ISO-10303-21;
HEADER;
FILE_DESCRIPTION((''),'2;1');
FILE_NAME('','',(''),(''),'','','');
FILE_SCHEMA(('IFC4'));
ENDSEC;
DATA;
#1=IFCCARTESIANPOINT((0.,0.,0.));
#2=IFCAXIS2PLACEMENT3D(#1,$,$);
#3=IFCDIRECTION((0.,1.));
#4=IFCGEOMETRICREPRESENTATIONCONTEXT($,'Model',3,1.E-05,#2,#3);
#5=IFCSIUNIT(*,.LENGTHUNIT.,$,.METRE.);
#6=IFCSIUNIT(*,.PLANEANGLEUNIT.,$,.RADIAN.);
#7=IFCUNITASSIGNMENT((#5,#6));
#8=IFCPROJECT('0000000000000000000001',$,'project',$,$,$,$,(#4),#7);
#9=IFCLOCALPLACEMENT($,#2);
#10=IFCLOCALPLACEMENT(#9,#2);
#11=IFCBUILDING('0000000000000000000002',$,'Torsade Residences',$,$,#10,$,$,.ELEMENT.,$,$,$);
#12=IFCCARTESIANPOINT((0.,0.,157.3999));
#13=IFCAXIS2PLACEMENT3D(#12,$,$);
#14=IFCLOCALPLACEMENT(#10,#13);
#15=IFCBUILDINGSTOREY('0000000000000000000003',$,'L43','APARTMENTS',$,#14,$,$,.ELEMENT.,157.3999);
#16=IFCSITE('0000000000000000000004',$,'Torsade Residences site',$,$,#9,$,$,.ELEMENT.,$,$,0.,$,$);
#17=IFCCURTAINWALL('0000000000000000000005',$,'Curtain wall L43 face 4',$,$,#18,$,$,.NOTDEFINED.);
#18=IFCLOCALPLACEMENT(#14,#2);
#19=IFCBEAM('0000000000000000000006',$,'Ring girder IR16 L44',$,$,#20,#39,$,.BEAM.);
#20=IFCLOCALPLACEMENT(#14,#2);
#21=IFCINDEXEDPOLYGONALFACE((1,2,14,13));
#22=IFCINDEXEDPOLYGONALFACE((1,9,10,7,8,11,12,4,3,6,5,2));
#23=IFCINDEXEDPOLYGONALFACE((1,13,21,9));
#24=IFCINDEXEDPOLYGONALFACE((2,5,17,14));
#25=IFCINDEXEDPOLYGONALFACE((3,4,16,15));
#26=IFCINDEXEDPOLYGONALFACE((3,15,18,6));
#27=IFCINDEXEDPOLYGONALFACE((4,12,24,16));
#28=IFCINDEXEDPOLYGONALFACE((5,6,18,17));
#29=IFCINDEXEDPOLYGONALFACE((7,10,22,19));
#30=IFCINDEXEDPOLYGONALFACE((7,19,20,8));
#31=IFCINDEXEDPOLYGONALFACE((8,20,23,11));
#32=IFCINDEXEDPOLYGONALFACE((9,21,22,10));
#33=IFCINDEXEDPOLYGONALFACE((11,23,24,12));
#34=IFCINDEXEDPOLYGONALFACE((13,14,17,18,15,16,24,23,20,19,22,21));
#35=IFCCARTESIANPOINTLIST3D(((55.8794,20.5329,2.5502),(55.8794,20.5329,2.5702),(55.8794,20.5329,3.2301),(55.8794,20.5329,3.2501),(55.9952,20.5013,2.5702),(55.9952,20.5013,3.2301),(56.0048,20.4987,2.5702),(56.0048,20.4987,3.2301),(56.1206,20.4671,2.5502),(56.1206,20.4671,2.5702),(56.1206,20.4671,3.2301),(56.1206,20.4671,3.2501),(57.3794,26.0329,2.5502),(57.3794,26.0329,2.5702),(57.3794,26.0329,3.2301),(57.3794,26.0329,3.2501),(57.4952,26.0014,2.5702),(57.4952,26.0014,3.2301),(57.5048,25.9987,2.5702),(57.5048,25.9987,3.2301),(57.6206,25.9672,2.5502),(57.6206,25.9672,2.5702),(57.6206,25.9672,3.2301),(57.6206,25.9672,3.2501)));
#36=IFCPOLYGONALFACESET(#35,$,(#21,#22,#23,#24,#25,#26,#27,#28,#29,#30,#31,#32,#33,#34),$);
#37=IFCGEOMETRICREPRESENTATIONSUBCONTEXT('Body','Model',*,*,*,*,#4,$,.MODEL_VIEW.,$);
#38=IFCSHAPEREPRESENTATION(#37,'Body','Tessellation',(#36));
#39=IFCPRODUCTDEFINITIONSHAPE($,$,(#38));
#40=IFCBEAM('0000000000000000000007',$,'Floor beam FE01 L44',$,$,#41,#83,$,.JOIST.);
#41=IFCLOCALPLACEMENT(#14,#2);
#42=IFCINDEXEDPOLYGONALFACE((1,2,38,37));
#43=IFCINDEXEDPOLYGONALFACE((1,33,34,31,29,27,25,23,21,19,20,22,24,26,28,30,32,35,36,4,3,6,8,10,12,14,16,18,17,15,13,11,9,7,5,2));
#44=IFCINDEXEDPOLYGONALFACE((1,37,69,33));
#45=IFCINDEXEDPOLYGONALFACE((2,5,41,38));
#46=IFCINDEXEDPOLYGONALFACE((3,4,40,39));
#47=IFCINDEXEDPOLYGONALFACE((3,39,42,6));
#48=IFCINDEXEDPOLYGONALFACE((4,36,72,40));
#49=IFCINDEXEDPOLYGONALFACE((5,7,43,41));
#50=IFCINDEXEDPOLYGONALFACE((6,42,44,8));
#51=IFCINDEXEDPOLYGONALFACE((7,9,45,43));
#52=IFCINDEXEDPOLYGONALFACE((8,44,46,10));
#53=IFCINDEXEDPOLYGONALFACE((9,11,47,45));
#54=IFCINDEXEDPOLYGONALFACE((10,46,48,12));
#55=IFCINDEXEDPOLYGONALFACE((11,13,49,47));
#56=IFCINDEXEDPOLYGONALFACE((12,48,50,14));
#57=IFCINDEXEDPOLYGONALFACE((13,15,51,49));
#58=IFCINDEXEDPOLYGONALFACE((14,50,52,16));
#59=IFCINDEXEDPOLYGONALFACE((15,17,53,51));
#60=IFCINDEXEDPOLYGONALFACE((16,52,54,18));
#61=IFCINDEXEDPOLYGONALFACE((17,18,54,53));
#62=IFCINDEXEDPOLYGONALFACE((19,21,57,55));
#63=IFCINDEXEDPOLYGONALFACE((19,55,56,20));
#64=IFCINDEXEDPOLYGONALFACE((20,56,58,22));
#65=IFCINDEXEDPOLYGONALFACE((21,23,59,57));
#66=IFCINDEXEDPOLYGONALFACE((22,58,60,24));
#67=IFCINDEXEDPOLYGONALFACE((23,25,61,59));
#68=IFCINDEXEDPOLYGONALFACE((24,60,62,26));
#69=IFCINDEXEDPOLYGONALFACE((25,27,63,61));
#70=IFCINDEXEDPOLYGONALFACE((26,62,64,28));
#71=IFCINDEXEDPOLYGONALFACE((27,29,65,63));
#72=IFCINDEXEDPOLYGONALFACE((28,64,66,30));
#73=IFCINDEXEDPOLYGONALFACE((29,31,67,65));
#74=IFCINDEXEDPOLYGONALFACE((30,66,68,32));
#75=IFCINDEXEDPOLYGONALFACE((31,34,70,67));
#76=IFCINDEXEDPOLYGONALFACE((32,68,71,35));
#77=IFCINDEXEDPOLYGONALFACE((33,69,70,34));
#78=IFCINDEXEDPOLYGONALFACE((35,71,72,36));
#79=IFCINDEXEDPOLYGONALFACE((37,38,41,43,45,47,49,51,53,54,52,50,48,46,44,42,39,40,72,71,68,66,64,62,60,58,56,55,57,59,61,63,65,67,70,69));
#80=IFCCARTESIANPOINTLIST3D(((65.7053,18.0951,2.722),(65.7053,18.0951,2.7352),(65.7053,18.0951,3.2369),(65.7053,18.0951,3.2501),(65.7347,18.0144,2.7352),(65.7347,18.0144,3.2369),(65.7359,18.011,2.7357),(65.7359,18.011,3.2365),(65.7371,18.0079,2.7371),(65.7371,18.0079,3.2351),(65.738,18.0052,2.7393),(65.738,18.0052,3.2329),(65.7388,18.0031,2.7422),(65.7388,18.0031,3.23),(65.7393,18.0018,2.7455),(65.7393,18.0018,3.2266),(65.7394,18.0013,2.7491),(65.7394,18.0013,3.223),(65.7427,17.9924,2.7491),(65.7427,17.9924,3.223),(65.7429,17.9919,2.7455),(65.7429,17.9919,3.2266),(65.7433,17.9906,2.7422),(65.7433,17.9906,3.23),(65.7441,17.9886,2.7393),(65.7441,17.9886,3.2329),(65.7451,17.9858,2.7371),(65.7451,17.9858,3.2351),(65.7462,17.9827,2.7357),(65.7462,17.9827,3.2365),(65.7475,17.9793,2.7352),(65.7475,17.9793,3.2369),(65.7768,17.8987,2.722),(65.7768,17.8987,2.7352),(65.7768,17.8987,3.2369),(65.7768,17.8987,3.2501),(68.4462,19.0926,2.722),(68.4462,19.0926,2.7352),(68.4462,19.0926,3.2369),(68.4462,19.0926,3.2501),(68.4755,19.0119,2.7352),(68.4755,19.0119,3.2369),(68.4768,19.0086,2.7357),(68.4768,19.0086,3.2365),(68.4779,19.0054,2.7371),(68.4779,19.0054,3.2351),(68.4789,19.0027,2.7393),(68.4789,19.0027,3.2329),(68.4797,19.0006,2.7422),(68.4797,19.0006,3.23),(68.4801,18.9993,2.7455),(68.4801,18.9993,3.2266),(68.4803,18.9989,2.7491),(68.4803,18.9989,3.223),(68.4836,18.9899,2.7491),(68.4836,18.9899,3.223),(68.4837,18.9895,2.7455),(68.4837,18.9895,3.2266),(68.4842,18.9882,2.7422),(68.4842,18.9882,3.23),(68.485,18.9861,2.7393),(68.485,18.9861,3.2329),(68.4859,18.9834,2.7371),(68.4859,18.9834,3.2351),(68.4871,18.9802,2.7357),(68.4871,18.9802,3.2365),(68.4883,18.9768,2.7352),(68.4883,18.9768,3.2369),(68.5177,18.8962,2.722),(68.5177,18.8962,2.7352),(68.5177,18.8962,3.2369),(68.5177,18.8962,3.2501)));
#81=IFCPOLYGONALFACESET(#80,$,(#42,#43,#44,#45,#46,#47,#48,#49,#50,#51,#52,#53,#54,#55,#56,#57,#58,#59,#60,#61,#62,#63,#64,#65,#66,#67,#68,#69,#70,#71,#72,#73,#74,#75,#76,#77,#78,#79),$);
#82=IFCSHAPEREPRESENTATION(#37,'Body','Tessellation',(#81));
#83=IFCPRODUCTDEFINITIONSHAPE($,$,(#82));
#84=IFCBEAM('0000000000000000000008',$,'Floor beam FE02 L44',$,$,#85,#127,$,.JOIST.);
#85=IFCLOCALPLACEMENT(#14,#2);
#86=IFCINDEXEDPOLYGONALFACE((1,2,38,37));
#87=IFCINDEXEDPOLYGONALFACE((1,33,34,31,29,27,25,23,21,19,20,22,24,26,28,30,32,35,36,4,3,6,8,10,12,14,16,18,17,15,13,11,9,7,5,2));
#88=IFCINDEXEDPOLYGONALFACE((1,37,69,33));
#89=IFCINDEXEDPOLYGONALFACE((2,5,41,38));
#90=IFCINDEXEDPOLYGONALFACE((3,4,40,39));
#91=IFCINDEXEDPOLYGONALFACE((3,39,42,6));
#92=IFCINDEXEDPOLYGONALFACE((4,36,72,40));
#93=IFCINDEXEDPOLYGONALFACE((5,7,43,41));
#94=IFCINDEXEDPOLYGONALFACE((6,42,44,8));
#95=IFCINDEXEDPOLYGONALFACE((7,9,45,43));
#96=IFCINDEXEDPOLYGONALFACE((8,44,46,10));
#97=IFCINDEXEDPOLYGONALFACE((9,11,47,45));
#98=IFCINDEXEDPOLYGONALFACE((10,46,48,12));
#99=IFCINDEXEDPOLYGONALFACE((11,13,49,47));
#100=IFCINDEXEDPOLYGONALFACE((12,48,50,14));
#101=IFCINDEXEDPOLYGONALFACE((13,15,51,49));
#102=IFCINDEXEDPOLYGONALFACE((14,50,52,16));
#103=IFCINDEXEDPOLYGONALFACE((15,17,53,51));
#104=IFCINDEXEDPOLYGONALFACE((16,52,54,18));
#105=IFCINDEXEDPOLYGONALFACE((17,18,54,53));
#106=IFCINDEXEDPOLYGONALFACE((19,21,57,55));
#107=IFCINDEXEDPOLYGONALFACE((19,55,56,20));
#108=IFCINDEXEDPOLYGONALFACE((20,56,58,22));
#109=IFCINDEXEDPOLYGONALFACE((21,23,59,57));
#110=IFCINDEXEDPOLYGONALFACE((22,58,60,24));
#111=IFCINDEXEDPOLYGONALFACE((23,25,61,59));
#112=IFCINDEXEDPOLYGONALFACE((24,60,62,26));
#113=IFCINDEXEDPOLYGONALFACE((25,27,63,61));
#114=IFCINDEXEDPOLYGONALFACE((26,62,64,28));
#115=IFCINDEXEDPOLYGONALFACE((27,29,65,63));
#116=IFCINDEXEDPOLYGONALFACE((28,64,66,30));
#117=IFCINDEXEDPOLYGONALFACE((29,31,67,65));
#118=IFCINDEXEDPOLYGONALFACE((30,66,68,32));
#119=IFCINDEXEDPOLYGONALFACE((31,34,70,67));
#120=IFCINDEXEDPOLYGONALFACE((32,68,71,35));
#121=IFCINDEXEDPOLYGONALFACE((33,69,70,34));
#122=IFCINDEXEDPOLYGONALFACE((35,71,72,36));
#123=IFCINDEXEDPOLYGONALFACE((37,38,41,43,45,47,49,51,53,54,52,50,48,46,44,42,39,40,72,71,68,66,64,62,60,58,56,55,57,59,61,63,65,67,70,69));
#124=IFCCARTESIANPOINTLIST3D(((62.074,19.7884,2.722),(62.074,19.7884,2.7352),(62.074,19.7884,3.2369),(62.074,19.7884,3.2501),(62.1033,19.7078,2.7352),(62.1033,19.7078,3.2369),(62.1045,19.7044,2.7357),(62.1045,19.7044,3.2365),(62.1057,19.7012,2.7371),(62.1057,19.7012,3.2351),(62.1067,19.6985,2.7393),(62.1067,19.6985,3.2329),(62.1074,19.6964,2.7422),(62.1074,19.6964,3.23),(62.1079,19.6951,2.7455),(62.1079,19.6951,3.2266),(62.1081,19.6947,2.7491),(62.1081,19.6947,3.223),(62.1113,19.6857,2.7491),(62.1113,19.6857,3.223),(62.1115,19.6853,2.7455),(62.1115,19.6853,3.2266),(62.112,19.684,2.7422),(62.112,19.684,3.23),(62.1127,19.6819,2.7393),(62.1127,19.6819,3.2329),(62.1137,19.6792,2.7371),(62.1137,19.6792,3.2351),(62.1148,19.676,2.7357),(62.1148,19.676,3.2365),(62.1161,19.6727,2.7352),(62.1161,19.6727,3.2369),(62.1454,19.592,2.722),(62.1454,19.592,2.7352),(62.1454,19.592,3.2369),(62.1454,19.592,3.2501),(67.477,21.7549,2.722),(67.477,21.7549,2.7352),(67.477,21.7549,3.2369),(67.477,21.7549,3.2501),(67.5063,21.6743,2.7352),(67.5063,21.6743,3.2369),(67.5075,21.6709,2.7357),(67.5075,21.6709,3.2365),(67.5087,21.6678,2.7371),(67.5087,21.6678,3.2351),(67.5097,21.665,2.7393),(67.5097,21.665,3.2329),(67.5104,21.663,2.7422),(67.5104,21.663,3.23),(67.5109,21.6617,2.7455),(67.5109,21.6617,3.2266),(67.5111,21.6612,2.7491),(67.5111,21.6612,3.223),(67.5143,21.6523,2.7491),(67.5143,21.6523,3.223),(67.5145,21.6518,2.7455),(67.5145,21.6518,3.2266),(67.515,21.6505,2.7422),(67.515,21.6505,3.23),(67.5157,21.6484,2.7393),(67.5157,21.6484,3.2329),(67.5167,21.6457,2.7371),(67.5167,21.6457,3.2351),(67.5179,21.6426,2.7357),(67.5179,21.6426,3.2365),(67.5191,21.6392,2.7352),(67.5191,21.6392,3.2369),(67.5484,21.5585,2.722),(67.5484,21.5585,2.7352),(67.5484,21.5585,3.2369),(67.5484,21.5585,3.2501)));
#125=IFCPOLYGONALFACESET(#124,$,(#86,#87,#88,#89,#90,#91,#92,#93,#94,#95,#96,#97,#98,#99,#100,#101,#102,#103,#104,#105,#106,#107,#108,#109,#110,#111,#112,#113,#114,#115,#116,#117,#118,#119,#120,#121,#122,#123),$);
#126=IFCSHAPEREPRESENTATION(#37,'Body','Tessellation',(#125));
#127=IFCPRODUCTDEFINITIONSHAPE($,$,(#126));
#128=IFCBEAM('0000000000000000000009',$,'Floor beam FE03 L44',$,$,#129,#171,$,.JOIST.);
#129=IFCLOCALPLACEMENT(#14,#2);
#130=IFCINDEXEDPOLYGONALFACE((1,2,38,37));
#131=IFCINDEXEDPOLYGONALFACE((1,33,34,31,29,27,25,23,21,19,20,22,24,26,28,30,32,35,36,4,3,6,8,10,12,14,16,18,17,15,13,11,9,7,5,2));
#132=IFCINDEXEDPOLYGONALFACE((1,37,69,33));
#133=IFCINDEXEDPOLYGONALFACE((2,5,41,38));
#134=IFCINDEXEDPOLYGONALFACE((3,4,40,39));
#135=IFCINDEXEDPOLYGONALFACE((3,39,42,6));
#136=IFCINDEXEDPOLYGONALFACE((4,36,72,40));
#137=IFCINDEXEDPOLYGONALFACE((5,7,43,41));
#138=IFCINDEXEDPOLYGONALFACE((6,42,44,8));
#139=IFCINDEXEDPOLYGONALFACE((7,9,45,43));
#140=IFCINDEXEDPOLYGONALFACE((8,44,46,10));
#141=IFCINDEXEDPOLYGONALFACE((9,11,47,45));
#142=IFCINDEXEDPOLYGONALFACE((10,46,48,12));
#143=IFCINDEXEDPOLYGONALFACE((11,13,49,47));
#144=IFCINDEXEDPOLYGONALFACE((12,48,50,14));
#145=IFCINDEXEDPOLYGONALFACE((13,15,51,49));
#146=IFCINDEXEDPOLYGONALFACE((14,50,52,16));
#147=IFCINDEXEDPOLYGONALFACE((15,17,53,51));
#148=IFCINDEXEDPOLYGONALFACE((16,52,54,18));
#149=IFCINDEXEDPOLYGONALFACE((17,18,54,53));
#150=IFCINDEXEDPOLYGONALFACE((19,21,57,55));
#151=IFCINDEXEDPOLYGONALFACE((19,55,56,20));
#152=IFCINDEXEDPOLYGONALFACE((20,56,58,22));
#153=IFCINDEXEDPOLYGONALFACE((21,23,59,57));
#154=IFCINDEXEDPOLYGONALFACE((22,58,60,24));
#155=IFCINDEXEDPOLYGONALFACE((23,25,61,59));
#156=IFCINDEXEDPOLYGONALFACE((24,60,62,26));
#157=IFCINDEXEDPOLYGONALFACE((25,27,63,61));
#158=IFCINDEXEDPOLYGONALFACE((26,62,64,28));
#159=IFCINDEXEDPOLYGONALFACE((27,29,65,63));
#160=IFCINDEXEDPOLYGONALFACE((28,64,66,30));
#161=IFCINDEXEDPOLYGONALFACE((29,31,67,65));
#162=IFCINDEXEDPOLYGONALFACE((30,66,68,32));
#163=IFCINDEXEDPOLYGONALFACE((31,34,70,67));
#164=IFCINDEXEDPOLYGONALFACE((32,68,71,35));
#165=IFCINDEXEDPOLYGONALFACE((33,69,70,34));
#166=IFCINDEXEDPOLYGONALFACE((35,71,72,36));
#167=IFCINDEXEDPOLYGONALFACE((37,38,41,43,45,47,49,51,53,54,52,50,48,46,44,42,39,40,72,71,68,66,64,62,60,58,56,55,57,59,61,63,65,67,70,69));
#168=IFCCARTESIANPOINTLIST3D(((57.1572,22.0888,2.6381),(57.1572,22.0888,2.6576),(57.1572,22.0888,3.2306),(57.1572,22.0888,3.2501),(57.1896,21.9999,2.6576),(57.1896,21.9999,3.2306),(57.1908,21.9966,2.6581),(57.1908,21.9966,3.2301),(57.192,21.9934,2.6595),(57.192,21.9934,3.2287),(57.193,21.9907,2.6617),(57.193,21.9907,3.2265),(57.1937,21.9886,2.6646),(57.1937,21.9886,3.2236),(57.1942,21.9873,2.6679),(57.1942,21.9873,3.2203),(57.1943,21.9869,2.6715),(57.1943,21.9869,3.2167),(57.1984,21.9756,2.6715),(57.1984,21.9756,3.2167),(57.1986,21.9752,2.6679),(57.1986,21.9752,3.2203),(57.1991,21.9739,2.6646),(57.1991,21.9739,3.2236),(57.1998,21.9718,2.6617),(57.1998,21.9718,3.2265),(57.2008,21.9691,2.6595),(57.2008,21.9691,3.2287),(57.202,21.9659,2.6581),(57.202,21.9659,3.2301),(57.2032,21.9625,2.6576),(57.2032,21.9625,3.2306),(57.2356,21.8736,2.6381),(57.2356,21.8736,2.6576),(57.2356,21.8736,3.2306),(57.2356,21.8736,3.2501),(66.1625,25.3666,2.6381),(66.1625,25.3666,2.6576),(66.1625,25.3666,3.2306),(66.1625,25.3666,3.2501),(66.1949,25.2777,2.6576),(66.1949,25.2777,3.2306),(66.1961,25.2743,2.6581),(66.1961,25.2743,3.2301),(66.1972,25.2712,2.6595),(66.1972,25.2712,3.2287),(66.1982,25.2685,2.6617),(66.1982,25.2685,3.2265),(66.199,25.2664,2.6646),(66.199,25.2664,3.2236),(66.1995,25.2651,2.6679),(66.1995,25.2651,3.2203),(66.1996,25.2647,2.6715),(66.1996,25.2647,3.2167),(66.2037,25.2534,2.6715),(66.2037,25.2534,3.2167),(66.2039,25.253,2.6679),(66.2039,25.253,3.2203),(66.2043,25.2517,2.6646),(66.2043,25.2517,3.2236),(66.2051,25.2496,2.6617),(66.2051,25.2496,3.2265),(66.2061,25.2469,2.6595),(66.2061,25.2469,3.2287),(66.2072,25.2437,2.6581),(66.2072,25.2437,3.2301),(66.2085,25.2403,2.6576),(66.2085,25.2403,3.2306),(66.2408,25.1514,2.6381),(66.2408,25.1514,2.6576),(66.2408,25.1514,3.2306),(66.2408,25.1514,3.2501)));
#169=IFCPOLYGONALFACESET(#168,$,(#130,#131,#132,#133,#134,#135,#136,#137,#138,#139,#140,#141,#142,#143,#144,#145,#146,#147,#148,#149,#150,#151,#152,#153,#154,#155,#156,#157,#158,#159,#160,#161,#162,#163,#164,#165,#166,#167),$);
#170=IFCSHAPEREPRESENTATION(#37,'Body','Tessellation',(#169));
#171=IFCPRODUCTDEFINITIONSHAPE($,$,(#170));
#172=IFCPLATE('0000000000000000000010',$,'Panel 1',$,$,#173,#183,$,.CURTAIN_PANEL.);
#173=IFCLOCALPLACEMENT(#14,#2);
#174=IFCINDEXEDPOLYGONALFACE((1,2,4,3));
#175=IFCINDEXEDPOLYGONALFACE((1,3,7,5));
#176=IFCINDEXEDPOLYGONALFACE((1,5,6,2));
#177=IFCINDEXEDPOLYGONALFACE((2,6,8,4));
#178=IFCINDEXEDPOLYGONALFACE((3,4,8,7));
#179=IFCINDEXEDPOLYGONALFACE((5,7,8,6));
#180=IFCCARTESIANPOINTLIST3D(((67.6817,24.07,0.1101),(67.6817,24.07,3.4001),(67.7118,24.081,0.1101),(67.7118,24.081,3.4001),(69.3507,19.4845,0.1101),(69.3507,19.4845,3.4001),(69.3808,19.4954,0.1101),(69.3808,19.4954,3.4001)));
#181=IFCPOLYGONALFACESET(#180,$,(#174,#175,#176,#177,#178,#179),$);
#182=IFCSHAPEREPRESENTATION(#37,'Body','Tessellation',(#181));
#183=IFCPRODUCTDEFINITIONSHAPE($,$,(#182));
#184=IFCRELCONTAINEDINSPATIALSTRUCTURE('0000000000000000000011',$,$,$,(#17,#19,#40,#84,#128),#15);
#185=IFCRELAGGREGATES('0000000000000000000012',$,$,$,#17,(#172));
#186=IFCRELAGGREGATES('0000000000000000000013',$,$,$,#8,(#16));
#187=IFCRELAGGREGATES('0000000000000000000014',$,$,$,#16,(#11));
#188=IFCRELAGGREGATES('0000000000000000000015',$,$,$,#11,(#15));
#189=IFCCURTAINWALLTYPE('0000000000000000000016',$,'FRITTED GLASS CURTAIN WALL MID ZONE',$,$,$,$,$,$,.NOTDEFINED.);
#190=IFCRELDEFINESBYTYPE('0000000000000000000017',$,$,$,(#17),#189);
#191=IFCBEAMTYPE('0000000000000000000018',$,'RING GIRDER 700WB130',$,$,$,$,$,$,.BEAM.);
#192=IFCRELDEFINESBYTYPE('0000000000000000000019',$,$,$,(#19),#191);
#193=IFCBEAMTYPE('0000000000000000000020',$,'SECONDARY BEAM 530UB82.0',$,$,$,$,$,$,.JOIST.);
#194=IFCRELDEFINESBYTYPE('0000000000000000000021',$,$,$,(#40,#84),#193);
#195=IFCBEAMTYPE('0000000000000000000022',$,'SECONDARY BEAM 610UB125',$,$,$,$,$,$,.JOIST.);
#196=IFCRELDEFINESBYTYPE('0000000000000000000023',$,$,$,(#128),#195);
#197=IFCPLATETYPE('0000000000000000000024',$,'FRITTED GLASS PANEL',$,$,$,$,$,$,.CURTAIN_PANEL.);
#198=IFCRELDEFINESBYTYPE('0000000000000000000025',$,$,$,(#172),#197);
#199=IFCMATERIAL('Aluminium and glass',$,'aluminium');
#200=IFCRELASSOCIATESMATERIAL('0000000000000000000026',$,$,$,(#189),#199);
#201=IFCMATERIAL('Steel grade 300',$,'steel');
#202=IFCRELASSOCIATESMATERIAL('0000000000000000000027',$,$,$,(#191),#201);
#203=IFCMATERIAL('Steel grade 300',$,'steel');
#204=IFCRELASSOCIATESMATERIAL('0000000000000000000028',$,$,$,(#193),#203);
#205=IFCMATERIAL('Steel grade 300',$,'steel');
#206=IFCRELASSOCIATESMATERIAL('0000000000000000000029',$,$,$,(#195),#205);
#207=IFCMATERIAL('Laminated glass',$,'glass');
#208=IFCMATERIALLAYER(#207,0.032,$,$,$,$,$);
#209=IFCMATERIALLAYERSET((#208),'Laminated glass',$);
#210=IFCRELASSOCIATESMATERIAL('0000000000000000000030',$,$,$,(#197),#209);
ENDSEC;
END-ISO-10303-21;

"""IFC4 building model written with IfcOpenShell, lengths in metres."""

from ifc_helpers import new_model, si_unit, direction, frame, origin, origin_2d, place, context, subcontext, project, spatial, rectangle, i_section, extrude, material, layer, layer_set, material_profile, profile_set, type_object, element, aggregate, save


model = new_model("IFC4")

# Units and contexts
model_context = context("Model", 3, precision=1e-05, world=origin(), true_north=direction((0.0, 1.0)))
body_context = subcontext(model_context, "Body", "Model", "MODEL_VIEW")
ifc_project = project(units=[si_unit("LENGTHUNIT", "METRE"), si_unit("PLANEANGLEUNIT", "RADIAN")], contexts=[model_context])

# Site, building, storey
site_placement = place(None, origin())
site = spatial("IfcSite", under=ifc_project, at=site_placement, Name="Torsade Residences site", CompositionType="ELEMENT", RefElevation=0.0)
building_placement = place(site_placement, origin())
building = spatial("IfcBuilding", under=site, at=building_placement, Name="Torsade Residences", CompositionType="ELEMENT")
storey_placement = place(building_placement, frame((0.0, 0.0, 157.3999)))
storey = spatial("IfcBuildingStorey", under=building, at=storey_placement, Name="L43", Description="APARTMENTS", CompositionType="ELEMENT", Elevation=157.3999)

# Curtain wall
ifc_material_1 = material(Name="Aluminium and glass", Category="aluminium")
curtain_wall_type = type_object("IfcCurtainWallType", Name="FRITTED GLASS CURTAIN WALL MID ZONE", PredefinedType="NOTDEFINED", material=ifc_material_1)
curtain_wall_placement = place(storey_placement, origin())
curtain_wall = element("IfcCurtainWall", 1, at=curtain_wall_placement, inside=storey, type_object=curtain_wall_type, Name="Curtain wall L43 face 4", PredefinedType="NOTDEFINED")

# Beams
ifc_material_2 = material(Name="Steel grade 300", Category="steel")
ifc_material_profile_1 = material_profile(ifc_material_2, i_section(OverallWidth=0.25, OverallDepth=0.7, WebThickness=0.01, FlangeThickness=0.02, at=origin_2d()), Name="700WB130")
ifc_profile_set_1 = profile_set([ifc_material_profile_1], Name="Steel grade 300")
beam_type_1 = type_object("IfcBeamType", Name="RING GIRDER 700WB130", PredefinedType="BEAM", material=ifc_profile_set_1)
beam_1_placement = place(storey_placement, frame((56.0, 20.5, 2.9001), z_axis=(0.263117, 0.964764, 0.0), x_axis=(-0.964764, 0.263117, 0.0)))
element("IfcBeam", 2, at=beam_1_placement, inside=storey, type_object=beam_type_1, Name="Ring girder IR16 L44", PredefinedType="BEAM", context=body_context, shape_type="SweptSolid", body=[
    extrude(i_section(OverallWidth=0.25, OverallDepth=0.7, WebThickness=0.01, FlangeThickness=0.02, at=origin_2d()), origin(), (0.0, 0.0, 1.0), 5.7009),
])
ifc_material_3 = material(Name="Steel grade 300", Category="steel")
ifc_material_profile_2 = material_profile(ifc_material_3, i_section(OverallWidth=0.209, OverallDepth=0.5281, WebThickness=0.0095, FlangeThickness=0.0132, FilletRadius=0.0139, at=origin_2d()), Name="530UB82.0")
ifc_profile_set_2 = profile_set([ifc_material_profile_2], Name="Steel grade 300")
beam_type_2 = type_object("IfcBeamType", Name="SECONDARY BEAM 530UB82.0", PredefinedType="JOIST", material=ifc_profile_set_2)
beam_2_placement = place(storey_placement, frame((68.4819, 18.9944, 2.9861), z_axis=(-0.939701, -0.341998, 0.0), x_axis=(0.341998, -0.939701, 0.0)))
element("IfcBeam", 3, at=beam_2_placement, inside=storey, type_object=beam_type_2, Name="Floor beam FE01 L44", PredefinedType="JOIST", context=body_context, shape_type="SweptSolid", body=[
    extrude(i_section(OverallWidth=0.209, OverallDepth=0.5281, WebThickness=0.0095, FlangeThickness=0.0132, FilletRadius=0.0139, at=origin_2d()), origin(), (0.0, 0.0, 1.0), 2.9167),
])
beam_3_placement = place(storey_placement, frame((67.5127, 21.6567, 2.9861), z_axis=(-0.939693, -0.342019, 0.0), x_axis=(0.342019, -0.939693, 0.0)))
element("IfcBeam", 4, at=beam_3_placement, inside=storey, type_object=beam_type_2, Name="Floor beam FE02 L44", PredefinedType="JOIST", context=body_context, shape_type="SweptSolid", body=[
    extrude(i_section(OverallWidth=0.209, OverallDepth=0.5281, WebThickness=0.0095, FlangeThickness=0.0132, FilletRadius=0.0139, at=origin_2d()), origin(), (0.0, 0.0, 1.0), 5.7498),
])
ifc_material_4 = material(Name="Steel grade 300", Category="steel")
ifc_material_profile_3 = material_profile(ifc_material_4, i_section(OverallWidth=0.229, OverallDepth=0.6121, WebThickness=0.012, FlangeThickness=0.0195, FilletRadius=0.0139, at=origin_2d()), Name="610UB125")
ifc_profile_set_3 = profile_set([ifc_material_profile_3], Name="Steel grade 300")
beam_type_3 = type_object("IfcBeamType", Name="SECONDARY BEAM 610UB125", PredefinedType="JOIST", material=ifc_profile_set_3)
beam_4_placement = place(storey_placement, frame((66.2017, 25.259, 2.9441), z_axis=(-0.939688, -0.342034, 0.0), x_axis=(0.342034, -0.939688, 0.0)))
element("IfcBeam", 5, at=beam_4_placement, inside=storey, type_object=beam_type_3, Name="Floor beam FE03 L44", PredefinedType="JOIST", context=body_context, shape_type="SweptSolid", body=[
    extrude(i_section(OverallWidth=0.229, OverallDepth=0.6121, WebThickness=0.012, FlangeThickness=0.0195, FilletRadius=0.0139, at=origin_2d()), origin(), (0.0, 0.0, 1.0), 9.5833),
])

# Plate
ifc_material_5 = material(Name="Laminated glass", Category="glass")
ifc_layer_1 = layer(ifc_material_5, 0.032)
ifc_layer_set_1 = layer_set([ifc_layer_1], Name="Laminated glass")
plate_type_1 = type_object("IfcPlateType", Name="FRITTED GLASS PANEL", PredefinedType="CURTAIN_PANEL", material=ifc_layer_set_1)
plate_1_placement = place(storey_placement, frame((68.5312, 21.7827, 0.1101), z_axis=(0.0, 0.0, 1.0), x_axis=(-0.34202, 0.939693, 0.0)))
plate_1 = element("IfcPlate", 6, at=plate_1_placement, type_object=plate_type_1, Name="Panel 1", PredefinedType="CURTAIN_PANEL", context=body_context, shape_type="SweptSolid", body=[
    extrude(rectangle(XDim=4.8799, YDim=0.032, at=origin_2d()), origin(), (0.0, 0.0, 1.0), 3.29),
])
aggregate(curtain_wall, [plate_1])

save(model, "model.ifc")
